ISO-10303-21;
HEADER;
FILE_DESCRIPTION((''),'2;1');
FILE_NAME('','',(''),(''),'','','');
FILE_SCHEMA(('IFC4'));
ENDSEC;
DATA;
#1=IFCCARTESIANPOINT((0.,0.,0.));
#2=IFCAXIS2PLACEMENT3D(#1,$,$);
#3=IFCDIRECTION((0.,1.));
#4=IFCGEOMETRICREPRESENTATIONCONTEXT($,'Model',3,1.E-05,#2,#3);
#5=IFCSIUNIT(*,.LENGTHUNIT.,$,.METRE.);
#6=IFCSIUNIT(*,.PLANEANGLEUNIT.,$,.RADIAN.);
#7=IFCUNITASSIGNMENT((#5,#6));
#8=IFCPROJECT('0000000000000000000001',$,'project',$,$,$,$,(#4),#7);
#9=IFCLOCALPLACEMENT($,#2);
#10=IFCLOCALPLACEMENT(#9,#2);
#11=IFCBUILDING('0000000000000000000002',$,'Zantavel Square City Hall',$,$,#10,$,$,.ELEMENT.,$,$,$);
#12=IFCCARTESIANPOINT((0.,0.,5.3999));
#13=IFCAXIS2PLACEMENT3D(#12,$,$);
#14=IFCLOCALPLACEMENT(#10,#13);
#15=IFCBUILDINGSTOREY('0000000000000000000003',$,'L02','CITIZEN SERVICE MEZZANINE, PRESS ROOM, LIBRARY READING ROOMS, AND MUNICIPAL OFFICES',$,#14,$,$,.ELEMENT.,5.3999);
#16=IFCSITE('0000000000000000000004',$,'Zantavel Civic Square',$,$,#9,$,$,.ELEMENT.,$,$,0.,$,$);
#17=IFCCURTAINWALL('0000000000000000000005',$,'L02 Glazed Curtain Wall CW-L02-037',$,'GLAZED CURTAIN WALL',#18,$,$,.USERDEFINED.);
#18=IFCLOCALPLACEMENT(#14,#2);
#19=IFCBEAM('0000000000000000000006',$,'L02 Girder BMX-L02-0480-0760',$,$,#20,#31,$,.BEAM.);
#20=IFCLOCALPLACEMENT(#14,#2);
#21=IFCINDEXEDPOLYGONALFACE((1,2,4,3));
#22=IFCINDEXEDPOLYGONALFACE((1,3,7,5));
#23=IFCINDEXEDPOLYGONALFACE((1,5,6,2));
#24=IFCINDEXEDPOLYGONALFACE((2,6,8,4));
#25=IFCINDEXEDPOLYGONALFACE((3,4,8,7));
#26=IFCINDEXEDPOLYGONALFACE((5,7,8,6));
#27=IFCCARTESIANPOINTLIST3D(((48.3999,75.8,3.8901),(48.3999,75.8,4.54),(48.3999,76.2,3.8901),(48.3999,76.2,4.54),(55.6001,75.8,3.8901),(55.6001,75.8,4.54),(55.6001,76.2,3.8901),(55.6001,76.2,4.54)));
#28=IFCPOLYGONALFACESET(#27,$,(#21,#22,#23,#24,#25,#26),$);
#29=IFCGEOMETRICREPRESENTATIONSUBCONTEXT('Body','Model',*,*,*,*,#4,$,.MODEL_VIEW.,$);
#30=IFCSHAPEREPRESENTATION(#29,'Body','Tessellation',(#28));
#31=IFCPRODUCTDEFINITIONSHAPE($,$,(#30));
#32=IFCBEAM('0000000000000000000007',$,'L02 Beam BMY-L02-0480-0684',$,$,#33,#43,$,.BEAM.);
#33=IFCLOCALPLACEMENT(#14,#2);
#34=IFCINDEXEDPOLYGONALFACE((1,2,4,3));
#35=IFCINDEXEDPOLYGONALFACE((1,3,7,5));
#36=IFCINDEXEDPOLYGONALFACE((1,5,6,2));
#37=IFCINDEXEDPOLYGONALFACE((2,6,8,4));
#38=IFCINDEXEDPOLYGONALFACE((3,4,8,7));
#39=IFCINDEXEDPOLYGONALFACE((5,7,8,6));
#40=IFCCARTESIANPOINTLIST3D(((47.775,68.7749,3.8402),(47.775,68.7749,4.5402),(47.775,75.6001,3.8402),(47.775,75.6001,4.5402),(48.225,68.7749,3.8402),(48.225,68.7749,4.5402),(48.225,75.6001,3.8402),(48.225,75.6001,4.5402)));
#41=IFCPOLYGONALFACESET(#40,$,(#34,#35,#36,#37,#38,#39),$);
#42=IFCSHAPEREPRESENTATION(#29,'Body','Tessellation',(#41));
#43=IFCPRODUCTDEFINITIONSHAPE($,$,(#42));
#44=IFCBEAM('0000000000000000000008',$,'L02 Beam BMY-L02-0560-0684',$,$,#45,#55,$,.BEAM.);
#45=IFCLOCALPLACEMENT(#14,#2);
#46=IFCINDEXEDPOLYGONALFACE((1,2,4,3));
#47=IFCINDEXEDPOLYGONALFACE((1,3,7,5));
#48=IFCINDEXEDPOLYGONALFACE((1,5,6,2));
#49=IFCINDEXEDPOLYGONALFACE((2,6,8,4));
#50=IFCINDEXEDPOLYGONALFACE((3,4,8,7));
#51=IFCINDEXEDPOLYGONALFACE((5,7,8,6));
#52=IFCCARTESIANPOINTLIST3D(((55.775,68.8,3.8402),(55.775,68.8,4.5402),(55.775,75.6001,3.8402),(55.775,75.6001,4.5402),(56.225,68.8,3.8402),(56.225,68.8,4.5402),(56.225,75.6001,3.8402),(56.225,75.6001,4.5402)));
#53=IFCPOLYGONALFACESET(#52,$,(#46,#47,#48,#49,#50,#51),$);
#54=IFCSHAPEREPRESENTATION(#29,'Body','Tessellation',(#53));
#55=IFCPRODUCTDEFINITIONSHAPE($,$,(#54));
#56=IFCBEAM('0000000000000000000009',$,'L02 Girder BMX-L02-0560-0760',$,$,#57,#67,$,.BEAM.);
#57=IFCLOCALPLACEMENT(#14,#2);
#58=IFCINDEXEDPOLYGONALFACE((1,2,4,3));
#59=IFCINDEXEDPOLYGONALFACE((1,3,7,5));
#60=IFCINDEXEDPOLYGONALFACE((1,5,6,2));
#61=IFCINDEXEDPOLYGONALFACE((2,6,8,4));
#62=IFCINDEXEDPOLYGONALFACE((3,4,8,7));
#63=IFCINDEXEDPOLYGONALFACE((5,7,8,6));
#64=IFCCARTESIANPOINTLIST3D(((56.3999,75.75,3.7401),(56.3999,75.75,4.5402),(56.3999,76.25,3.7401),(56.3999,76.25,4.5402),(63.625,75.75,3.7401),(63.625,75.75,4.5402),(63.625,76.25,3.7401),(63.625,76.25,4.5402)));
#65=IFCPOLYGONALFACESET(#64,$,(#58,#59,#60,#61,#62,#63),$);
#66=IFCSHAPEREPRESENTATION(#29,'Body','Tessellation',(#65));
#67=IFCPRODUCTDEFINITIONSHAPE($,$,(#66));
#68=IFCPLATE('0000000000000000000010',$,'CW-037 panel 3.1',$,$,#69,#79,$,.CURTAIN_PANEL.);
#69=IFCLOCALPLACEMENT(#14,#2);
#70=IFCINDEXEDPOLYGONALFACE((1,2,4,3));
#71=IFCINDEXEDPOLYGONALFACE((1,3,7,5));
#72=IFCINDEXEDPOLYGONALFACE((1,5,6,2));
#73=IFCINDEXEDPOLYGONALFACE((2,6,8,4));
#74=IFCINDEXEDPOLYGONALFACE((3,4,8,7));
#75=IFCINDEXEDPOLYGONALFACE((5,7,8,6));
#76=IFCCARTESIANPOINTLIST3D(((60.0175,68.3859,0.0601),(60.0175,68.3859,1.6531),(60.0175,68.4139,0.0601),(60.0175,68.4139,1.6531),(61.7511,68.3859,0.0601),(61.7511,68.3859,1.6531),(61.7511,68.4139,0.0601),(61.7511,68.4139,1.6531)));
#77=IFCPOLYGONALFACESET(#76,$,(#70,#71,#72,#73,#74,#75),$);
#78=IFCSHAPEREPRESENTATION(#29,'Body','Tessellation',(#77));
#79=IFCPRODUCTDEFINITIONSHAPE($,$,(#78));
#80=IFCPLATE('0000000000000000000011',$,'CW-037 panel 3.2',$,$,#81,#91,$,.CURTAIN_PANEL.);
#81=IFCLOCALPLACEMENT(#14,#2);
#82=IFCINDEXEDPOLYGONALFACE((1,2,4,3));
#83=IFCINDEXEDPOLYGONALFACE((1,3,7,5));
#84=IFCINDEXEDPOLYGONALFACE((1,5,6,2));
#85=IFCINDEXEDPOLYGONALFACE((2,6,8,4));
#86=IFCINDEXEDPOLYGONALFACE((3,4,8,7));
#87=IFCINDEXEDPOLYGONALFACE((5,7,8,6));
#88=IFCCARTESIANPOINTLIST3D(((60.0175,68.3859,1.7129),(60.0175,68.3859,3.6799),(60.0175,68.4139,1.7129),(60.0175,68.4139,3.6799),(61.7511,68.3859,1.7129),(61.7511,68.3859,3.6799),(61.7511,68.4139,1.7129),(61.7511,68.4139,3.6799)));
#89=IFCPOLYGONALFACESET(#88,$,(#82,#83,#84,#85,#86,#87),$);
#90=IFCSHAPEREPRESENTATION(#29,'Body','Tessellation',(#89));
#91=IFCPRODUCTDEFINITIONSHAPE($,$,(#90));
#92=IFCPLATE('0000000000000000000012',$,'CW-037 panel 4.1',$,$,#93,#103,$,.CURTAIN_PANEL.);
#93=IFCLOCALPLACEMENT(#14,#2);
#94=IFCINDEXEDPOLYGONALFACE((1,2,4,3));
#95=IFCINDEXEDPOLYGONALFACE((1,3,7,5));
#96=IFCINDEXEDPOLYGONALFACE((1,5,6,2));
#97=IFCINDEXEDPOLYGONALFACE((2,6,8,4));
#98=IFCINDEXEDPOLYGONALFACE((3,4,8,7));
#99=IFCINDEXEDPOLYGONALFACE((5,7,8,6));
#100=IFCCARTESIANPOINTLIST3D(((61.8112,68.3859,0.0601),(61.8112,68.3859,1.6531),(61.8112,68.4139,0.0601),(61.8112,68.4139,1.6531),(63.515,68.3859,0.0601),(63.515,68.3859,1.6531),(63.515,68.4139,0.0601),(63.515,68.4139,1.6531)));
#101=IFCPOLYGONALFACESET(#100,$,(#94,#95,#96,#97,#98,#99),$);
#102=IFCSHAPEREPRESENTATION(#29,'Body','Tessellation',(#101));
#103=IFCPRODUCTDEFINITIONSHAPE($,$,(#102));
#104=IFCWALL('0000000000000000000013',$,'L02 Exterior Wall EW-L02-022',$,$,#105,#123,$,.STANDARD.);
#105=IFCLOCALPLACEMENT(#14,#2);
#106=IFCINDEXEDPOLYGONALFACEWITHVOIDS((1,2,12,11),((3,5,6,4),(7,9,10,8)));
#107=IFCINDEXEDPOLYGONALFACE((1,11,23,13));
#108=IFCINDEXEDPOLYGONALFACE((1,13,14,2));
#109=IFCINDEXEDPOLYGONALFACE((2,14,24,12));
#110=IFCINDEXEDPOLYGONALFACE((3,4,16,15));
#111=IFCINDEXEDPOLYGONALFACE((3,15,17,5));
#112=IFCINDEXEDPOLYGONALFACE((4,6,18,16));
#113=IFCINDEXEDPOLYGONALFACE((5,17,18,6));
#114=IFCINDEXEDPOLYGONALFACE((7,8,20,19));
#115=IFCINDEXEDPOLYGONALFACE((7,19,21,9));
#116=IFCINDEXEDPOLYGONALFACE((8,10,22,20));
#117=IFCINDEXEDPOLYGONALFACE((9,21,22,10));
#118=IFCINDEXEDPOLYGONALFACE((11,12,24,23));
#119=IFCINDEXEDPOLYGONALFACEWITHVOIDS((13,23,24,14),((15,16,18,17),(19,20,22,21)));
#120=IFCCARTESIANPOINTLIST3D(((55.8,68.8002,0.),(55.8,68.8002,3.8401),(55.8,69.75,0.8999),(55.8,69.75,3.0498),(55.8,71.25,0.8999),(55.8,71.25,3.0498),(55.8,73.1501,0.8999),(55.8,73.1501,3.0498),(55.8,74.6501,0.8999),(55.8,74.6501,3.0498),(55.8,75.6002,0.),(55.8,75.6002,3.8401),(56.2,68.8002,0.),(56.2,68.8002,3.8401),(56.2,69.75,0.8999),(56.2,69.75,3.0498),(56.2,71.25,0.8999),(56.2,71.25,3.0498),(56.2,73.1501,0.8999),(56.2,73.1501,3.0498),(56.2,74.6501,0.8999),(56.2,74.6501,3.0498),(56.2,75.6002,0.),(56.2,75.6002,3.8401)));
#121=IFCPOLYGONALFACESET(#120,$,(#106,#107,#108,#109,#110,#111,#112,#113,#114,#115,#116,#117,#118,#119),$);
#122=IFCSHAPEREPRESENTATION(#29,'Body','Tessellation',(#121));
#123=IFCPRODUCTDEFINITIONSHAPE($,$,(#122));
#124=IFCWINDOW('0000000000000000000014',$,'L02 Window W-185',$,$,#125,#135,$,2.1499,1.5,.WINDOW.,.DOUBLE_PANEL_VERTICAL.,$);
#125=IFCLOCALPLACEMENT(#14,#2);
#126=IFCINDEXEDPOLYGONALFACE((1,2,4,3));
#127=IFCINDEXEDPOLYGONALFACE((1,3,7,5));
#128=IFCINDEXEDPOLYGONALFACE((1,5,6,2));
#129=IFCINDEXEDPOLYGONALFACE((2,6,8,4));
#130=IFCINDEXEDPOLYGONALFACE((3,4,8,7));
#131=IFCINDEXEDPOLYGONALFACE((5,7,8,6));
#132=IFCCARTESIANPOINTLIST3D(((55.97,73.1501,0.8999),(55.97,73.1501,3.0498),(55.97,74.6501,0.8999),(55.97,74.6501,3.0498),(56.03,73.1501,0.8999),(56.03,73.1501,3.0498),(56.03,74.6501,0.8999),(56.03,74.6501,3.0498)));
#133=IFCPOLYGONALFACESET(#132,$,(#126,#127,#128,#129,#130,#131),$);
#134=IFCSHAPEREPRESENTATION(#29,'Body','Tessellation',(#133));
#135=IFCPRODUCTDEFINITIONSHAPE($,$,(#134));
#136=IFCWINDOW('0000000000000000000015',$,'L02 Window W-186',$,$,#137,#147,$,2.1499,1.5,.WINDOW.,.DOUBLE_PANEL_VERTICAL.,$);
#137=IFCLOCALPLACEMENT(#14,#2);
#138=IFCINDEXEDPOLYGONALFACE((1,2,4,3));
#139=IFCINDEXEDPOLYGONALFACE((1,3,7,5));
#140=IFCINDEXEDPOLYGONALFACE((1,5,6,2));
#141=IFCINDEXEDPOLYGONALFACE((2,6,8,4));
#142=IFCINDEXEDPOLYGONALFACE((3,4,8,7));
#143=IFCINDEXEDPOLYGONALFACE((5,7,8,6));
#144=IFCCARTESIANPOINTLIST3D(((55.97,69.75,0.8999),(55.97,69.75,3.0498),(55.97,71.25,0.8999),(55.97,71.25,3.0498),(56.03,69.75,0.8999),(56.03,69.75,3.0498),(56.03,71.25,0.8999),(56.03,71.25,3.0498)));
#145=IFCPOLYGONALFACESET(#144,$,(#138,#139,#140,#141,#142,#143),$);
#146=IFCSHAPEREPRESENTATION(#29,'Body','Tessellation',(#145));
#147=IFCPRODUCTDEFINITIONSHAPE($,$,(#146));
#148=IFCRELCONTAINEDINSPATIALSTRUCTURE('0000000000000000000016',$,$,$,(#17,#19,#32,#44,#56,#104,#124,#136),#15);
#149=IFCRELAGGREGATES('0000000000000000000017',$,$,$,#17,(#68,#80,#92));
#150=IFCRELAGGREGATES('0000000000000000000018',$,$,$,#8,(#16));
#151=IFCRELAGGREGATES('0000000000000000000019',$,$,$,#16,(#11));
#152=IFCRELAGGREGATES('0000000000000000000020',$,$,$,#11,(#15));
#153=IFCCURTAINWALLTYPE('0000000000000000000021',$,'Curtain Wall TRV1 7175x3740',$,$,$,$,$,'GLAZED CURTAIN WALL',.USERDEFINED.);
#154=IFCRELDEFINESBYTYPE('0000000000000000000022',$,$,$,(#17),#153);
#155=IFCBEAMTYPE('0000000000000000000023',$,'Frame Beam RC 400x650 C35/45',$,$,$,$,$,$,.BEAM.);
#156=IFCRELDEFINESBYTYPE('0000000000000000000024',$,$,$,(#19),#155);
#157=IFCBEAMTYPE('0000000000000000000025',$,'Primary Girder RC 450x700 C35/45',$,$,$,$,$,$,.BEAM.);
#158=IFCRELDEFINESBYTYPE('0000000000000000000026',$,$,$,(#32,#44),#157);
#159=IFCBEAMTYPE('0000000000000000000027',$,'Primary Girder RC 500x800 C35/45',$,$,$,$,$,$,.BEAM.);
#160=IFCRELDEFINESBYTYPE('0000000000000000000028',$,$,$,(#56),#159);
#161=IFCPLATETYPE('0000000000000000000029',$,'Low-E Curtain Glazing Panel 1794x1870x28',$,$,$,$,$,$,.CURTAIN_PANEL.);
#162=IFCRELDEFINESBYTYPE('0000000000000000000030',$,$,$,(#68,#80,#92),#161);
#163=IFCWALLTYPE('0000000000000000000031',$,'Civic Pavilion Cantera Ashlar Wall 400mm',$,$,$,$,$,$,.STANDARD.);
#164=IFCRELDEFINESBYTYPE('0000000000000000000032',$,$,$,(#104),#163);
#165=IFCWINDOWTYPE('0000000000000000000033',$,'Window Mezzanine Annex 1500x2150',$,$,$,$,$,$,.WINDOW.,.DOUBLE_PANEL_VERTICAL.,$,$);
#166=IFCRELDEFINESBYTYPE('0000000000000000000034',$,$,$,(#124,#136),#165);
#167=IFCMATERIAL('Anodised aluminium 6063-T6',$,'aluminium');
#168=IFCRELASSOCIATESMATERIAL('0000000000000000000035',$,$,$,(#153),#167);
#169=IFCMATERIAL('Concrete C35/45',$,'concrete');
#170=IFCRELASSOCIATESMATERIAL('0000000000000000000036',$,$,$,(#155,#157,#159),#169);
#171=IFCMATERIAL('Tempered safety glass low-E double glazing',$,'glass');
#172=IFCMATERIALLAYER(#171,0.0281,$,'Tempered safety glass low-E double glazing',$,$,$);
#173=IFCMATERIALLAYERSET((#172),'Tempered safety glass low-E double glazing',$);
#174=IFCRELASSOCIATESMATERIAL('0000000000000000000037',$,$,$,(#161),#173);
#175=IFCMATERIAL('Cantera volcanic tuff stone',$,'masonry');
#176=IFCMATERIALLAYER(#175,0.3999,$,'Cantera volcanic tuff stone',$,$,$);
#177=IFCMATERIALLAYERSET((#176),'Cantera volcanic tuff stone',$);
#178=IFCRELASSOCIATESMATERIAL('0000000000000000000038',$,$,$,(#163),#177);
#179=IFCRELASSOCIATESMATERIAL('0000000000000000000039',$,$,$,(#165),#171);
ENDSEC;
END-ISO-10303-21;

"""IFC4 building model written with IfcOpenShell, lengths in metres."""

from ifc_helpers import new_model, si_unit, direction, frame, frame_2d, origin, origin_2d, place, context, subcontext, project, spatial, rectangle, extrude, material, layer, layer_set, material_profile, profile_set, type_object, element, fill, aggregate, save


model = new_model("IFC4")

# Units and contexts
model_context = context("Model", 3, precision=1e-05, world=origin(), true_north=direction((0.0, 1.0)))
body_context = subcontext(model_context, "Body", "Model", "MODEL_VIEW")
ifc_project = project(units=[si_unit("LENGTHUNIT", "METRE"), si_unit("PLANEANGLEUNIT", "RADIAN")], contexts=[model_context])

# Site, building, storey
site_placement = place(None, origin())
site = spatial("IfcSite", under=ifc_project, at=site_placement, Name="Zantavel Civic Square", CompositionType="ELEMENT", RefElevation=0.0)
building_placement = place(site_placement, origin())
building = spatial("IfcBuilding", under=site, at=building_placement, Name="Zantavel Square City Hall", CompositionType="ELEMENT")
storey_placement = place(building_placement, frame((0.0, 0.0, 5.3999)))
storey = spatial("IfcBuildingStorey", under=building, at=storey_placement, Name="L02", Description="CITIZEN SERVICE MEZZANINE, PRESS ROOM, LIBRARY READING ROOMS, AND MUNICIPAL OFFICES", CompositionType="ELEMENT", Elevation=5.3999)

# Curtain wall
ifc_material_1 = material(Name="Anodised aluminium 6063-T6", Category="aluminium")
curtain_wall_type = type_object("IfcCurtainWallType", Name="Curtain Wall TRV1 7175x3740", ElementType="GLAZED CURTAIN WALL", PredefinedType="USERDEFINED", material=ifc_material_1)
curtain_wall_placement = place(storey_placement, origin())
curtain_wall = element("IfcCurtainWall", 1, at=curtain_wall_placement, inside=storey, type_object=curtain_wall_type, Name="L02 Glazed Curtain Wall CW-L02-037", ObjectType="GLAZED CURTAIN WALL", PredefinedType="USERDEFINED")

# Beams
ifc_material_2 = material(Name="Concrete C35/45", Category="concrete")
ifc_material_profile_1 = material_profile(ifc_material_2, rectangle(XDim=0.3999, YDim=0.6499, at=origin_2d()), Name="RC 400x650")
ifc_profile_set_1 = profile_set([ifc_material_profile_1], Name="Concrete C35/45")
beam_type_1 = type_object("IfcBeamType", Name="Frame Beam RC 400x650 C35/45", PredefinedType="BEAM", material=ifc_profile_set_1)
beam_1_placement = place(storey_placement, frame((48.3999, 76.0, 4.2151), z_axis=(1.0, 0.0, 0.0), x_axis=(0.0, 1.0, 0.0)))
element("IfcBeam", 2, at=beam_1_placement, inside=storey, type_object=beam_type_1, Name="L02 Girder BMX-L02-0480-0760", PredefinedType="BEAM", context=body_context, shape_type="SweptSolid", body=[
    extrude(rectangle(XDim=0.3999, YDim=0.6499, at=origin_2d()), origin(), (0.0, 0.0, 1.0), 7.2002),
])
ifc_material_profile_2 = material_profile(ifc_material_2, rectangle(XDim=0.45, YDim=0.7, at=origin_2d()), Name="RC 450x700")
ifc_profile_set_2 = profile_set([ifc_material_profile_2], Name="Concrete C35/45")
beam_type_2 = type_object("IfcBeamType", Name="Primary Girder RC 450x700 C35/45", PredefinedType="BEAM", material=ifc_profile_set_2)
beam_2_placement = place(storey_placement, frame((48.0, 68.7749, 4.1902), z_axis=(0.0, 1.0, 0.0), x_axis=(-1.0, 0.0, 0.0)))
element("IfcBeam", 3, at=beam_2_placement, inside=storey, type_object=beam_type_2, Name="L02 Beam BMY-L02-0480-0684", PredefinedType="BEAM", context=body_context, shape_type="SweptSolid", body=[
    extrude(rectangle(XDim=0.45, YDim=0.7, at=origin_2d()), origin(), (0.0, 0.0, 1.0), 6.8252),
])
beam_3_placement = place(storey_placement, frame((56.0, 68.8, 4.1902), z_axis=(0.0, 1.0, 0.0), x_axis=(-1.0, 0.0, 0.0)))
element("IfcBeam", 4, at=beam_3_placement, inside=storey, type_object=beam_type_2, Name="L02 Beam BMY-L02-0560-0684", PredefinedType="BEAM", context=body_context, shape_type="SweptSolid", body=[
    extrude(rectangle(XDim=0.45, YDim=0.7, at=origin_2d()), origin(), (0.0, 0.0, 1.0), 6.8),
])
ifc_material_profile_3 = material_profile(ifc_material_2, rectangle(XDim=0.5, YDim=0.8, at=origin_2d()), Name="RC 500x800")
ifc_profile_set_3 = profile_set([ifc_material_profile_3], Name="Concrete C35/45")
beam_type_3 = type_object("IfcBeamType", Name="Primary Girder RC 500x800 C35/45", PredefinedType="BEAM", material=ifc_profile_set_3)
beam_4_placement = place(storey_placement, frame((56.3999, 76.0, 4.1401), z_axis=(1.0, 0.0, 0.0), x_axis=(0.0, 1.0, 0.0)))
element("IfcBeam", 5, at=beam_4_placement, inside=storey, type_object=beam_type_3, Name="L02 Girder BMX-L02-0560-0760", PredefinedType="BEAM", context=body_context, shape_type="SweptSolid", body=[
    extrude(rectangle(XDim=0.5, YDim=0.8, at=origin_2d()), origin(), (0.0, 0.0, 1.0), 7.2251),
])

# Plates
ifc_material_3 = material(Name="Tempered safety glass low-E double glazing", Category="glass")
ifc_layer_1 = layer(ifc_material_3, 0.0281, Name="Tempered safety glass low-E double glazing")
ifc_layer_set_1 = layer_set([ifc_layer_1], Name="Tempered safety glass low-E double glazing")
plate_type = type_object("IfcPlateType", Name="Low-E Curtain Glazing Panel 1794x1870x28", PredefinedType="CURTAIN_PANEL", material=ifc_layer_set_1)
plate_1_placement = place(storey_placement, frame((60.8843, 68.3999, 0.0601), z_axis=(0.0, 0.0, 1.0), x_axis=(1.0, 0.0, 0.0)))
plate_1 = element("IfcPlate", 6, at=plate_1_placement, type_object=plate_type, Name="CW-037 panel 3.1", PredefinedType="CURTAIN_PANEL", context=body_context, shape_type="SweptSolid", body=[
    extrude(rectangle(XDim=1.7336, YDim=0.0281, at=origin_2d()), origin(), (0.0, 0.0, 1.0), 1.593),
])
plate_2_placement = place(storey_placement, frame((60.8843, 68.3999, 1.7129), z_axis=(0.0, 0.0, 1.0), x_axis=(1.0, 0.0, 0.0)))
plate_2 = element("IfcPlate", 7, at=plate_2_placement, type_object=plate_type, Name="CW-037 panel 3.2", PredefinedType="CURTAIN_PANEL", context=body_context, shape_type="SweptSolid", body=[
    extrude(rectangle(XDim=1.7336, YDim=0.0281, at=origin_2d()), origin(), (0.0, 0.0, 1.0), 1.967),
])
plate_3_placement = place(storey_placement, frame((62.6631, 68.3999, 0.0601), z_axis=(0.0, 0.0, 1.0), x_axis=(1.0, 0.0, 0.0)))
plate_3 = element("IfcPlate", 8, at=plate_3_placement, type_object=plate_type, Name="CW-037 panel 4.1", PredefinedType="CURTAIN_PANEL", context=body_context, shape_type="SweptSolid", body=[
    extrude(rectangle(XDim=1.7039, YDim=0.0281, at=origin_2d()), origin(), (0.0, 0.0, 1.0), 1.593),
])
aggregate(curtain_wall, [plate_1, plate_2, plate_3])

# Wall, openings, windows
ifc_material_4 = material(Name="Cantera volcanic tuff stone", Category="masonry")
ifc_layer_2 = layer(ifc_material_4, 0.3999, Name="Cantera volcanic tuff stone")
ifc_layer_set_2 = layer_set([ifc_layer_2], Name="Cantera volcanic tuff stone")
wall_type_1 = type_object("IfcWallType", Name="Civic Pavilion Cantera Ashlar Wall 400mm", PredefinedType="STANDARD", material=ifc_layer_set_2)
wall_1_placement = place(storey_placement, frame((56.0, 75.6001, 0.0), z_axis=(0.0, 0.0, 1.0), x_axis=(0.0, -1.0, 0.0)))
wall_1 = element("IfcWall", 9, at=wall_1_placement, inside=storey, type_object=wall_type_1, Name="L02 Exterior Wall EW-L02-022", PredefinedType="STANDARD", context=body_context, shape_type="SweptSolid", body=[
    extrude(rectangle(XDim=6.8, YDim=0.3999, at=frame_2d((3.3999, 0.0))), origin(), (0.0, 0.0, 1.0), 3.8401),
])
opening_1_placement = place(wall_1_placement, frame((0.95, 0.0, 0.8999)))
opening_1 = element("IfcOpeningElement", 10, at=opening_1_placement, cuts=wall_1, PredefinedType="OPENING", context=body_context, shape_type="SweptSolid", body=[
    extrude(rectangle(XDim=1.5, YDim=2.1499, at=frame_2d((0.75, 1.075))), frame((0.0, 0.21, 0.0), z_axis=(0.0, -1.0, 0.0), x_axis=(1.0, 0.0, 0.0)), (0.0, 0.0, 1.0), 0.4199),
])
opening_2_placement = place(wall_1_placement, frame((4.3501, 0.0, 0.8999)))
opening_2 = element("IfcOpeningElement", 11, at=opening_2_placement, cuts=wall_1, PredefinedType="OPENING", context=body_context, shape_type="SweptSolid", body=[
    extrude(rectangle(XDim=1.5, YDim=2.1499, at=frame_2d((0.75, 1.075))), frame((0.0, 0.21, 0.0), z_axis=(0.0, -1.0, 0.0), x_axis=(1.0, 0.0, 0.0)), (0.0, 0.0, 1.0), 0.4199),
])
window_type = type_object("IfcWindowType", Name="Window Mezzanine Annex 1500x2150", PartitioningType="DOUBLE_PANEL_VERTICAL", PredefinedType="WINDOW", material=ifc_material_3)
window_1_placement = place(opening_1_placement, origin())
window_1 = element("IfcWindow", 12, at=window_1_placement, inside=storey, type_object=window_type, Name="L02 Window W-185", OverallHeight=2.1499, OverallWidth=1.5, PartitioningType="DOUBLE_PANEL_VERTICAL", PredefinedType="WINDOW", context=body_context, shape_type="SweptSolid", body=[
    extrude(rectangle(XDim=1.5, YDim=2.1499, at=frame_2d((0.75, 1.075))), frame((0.0, 0.03, 0.0), z_axis=(0.0, -1.0, 0.0), x_axis=(1.0, 0.0, 0.0)), (0.0, 0.0, 1.0), 0.0601),
])
fill(opening_1, window_1)
window_2_placement = place(opening_2_placement, origin())
window_2 = element("IfcWindow", 13, at=window_2_placement, inside=storey, type_object=window_type, Name="L02 Window W-186", OverallHeight=2.1499, OverallWidth=1.5, PartitioningType="DOUBLE_PANEL_VERTICAL", PredefinedType="WINDOW", context=body_context, shape_type="SweptSolid", body=[
    extrude(rectangle(XDim=1.5, YDim=2.1499, at=frame_2d((0.75, 1.075))), frame((0.0, 0.03, 0.0), z_axis=(0.0, -1.0, 0.0), x_axis=(1.0, 0.0, 0.0)), (0.0, 0.0, 1.0), 0.0601),
])
fill(opening_2, window_2)

save(model, "model.ifc")
